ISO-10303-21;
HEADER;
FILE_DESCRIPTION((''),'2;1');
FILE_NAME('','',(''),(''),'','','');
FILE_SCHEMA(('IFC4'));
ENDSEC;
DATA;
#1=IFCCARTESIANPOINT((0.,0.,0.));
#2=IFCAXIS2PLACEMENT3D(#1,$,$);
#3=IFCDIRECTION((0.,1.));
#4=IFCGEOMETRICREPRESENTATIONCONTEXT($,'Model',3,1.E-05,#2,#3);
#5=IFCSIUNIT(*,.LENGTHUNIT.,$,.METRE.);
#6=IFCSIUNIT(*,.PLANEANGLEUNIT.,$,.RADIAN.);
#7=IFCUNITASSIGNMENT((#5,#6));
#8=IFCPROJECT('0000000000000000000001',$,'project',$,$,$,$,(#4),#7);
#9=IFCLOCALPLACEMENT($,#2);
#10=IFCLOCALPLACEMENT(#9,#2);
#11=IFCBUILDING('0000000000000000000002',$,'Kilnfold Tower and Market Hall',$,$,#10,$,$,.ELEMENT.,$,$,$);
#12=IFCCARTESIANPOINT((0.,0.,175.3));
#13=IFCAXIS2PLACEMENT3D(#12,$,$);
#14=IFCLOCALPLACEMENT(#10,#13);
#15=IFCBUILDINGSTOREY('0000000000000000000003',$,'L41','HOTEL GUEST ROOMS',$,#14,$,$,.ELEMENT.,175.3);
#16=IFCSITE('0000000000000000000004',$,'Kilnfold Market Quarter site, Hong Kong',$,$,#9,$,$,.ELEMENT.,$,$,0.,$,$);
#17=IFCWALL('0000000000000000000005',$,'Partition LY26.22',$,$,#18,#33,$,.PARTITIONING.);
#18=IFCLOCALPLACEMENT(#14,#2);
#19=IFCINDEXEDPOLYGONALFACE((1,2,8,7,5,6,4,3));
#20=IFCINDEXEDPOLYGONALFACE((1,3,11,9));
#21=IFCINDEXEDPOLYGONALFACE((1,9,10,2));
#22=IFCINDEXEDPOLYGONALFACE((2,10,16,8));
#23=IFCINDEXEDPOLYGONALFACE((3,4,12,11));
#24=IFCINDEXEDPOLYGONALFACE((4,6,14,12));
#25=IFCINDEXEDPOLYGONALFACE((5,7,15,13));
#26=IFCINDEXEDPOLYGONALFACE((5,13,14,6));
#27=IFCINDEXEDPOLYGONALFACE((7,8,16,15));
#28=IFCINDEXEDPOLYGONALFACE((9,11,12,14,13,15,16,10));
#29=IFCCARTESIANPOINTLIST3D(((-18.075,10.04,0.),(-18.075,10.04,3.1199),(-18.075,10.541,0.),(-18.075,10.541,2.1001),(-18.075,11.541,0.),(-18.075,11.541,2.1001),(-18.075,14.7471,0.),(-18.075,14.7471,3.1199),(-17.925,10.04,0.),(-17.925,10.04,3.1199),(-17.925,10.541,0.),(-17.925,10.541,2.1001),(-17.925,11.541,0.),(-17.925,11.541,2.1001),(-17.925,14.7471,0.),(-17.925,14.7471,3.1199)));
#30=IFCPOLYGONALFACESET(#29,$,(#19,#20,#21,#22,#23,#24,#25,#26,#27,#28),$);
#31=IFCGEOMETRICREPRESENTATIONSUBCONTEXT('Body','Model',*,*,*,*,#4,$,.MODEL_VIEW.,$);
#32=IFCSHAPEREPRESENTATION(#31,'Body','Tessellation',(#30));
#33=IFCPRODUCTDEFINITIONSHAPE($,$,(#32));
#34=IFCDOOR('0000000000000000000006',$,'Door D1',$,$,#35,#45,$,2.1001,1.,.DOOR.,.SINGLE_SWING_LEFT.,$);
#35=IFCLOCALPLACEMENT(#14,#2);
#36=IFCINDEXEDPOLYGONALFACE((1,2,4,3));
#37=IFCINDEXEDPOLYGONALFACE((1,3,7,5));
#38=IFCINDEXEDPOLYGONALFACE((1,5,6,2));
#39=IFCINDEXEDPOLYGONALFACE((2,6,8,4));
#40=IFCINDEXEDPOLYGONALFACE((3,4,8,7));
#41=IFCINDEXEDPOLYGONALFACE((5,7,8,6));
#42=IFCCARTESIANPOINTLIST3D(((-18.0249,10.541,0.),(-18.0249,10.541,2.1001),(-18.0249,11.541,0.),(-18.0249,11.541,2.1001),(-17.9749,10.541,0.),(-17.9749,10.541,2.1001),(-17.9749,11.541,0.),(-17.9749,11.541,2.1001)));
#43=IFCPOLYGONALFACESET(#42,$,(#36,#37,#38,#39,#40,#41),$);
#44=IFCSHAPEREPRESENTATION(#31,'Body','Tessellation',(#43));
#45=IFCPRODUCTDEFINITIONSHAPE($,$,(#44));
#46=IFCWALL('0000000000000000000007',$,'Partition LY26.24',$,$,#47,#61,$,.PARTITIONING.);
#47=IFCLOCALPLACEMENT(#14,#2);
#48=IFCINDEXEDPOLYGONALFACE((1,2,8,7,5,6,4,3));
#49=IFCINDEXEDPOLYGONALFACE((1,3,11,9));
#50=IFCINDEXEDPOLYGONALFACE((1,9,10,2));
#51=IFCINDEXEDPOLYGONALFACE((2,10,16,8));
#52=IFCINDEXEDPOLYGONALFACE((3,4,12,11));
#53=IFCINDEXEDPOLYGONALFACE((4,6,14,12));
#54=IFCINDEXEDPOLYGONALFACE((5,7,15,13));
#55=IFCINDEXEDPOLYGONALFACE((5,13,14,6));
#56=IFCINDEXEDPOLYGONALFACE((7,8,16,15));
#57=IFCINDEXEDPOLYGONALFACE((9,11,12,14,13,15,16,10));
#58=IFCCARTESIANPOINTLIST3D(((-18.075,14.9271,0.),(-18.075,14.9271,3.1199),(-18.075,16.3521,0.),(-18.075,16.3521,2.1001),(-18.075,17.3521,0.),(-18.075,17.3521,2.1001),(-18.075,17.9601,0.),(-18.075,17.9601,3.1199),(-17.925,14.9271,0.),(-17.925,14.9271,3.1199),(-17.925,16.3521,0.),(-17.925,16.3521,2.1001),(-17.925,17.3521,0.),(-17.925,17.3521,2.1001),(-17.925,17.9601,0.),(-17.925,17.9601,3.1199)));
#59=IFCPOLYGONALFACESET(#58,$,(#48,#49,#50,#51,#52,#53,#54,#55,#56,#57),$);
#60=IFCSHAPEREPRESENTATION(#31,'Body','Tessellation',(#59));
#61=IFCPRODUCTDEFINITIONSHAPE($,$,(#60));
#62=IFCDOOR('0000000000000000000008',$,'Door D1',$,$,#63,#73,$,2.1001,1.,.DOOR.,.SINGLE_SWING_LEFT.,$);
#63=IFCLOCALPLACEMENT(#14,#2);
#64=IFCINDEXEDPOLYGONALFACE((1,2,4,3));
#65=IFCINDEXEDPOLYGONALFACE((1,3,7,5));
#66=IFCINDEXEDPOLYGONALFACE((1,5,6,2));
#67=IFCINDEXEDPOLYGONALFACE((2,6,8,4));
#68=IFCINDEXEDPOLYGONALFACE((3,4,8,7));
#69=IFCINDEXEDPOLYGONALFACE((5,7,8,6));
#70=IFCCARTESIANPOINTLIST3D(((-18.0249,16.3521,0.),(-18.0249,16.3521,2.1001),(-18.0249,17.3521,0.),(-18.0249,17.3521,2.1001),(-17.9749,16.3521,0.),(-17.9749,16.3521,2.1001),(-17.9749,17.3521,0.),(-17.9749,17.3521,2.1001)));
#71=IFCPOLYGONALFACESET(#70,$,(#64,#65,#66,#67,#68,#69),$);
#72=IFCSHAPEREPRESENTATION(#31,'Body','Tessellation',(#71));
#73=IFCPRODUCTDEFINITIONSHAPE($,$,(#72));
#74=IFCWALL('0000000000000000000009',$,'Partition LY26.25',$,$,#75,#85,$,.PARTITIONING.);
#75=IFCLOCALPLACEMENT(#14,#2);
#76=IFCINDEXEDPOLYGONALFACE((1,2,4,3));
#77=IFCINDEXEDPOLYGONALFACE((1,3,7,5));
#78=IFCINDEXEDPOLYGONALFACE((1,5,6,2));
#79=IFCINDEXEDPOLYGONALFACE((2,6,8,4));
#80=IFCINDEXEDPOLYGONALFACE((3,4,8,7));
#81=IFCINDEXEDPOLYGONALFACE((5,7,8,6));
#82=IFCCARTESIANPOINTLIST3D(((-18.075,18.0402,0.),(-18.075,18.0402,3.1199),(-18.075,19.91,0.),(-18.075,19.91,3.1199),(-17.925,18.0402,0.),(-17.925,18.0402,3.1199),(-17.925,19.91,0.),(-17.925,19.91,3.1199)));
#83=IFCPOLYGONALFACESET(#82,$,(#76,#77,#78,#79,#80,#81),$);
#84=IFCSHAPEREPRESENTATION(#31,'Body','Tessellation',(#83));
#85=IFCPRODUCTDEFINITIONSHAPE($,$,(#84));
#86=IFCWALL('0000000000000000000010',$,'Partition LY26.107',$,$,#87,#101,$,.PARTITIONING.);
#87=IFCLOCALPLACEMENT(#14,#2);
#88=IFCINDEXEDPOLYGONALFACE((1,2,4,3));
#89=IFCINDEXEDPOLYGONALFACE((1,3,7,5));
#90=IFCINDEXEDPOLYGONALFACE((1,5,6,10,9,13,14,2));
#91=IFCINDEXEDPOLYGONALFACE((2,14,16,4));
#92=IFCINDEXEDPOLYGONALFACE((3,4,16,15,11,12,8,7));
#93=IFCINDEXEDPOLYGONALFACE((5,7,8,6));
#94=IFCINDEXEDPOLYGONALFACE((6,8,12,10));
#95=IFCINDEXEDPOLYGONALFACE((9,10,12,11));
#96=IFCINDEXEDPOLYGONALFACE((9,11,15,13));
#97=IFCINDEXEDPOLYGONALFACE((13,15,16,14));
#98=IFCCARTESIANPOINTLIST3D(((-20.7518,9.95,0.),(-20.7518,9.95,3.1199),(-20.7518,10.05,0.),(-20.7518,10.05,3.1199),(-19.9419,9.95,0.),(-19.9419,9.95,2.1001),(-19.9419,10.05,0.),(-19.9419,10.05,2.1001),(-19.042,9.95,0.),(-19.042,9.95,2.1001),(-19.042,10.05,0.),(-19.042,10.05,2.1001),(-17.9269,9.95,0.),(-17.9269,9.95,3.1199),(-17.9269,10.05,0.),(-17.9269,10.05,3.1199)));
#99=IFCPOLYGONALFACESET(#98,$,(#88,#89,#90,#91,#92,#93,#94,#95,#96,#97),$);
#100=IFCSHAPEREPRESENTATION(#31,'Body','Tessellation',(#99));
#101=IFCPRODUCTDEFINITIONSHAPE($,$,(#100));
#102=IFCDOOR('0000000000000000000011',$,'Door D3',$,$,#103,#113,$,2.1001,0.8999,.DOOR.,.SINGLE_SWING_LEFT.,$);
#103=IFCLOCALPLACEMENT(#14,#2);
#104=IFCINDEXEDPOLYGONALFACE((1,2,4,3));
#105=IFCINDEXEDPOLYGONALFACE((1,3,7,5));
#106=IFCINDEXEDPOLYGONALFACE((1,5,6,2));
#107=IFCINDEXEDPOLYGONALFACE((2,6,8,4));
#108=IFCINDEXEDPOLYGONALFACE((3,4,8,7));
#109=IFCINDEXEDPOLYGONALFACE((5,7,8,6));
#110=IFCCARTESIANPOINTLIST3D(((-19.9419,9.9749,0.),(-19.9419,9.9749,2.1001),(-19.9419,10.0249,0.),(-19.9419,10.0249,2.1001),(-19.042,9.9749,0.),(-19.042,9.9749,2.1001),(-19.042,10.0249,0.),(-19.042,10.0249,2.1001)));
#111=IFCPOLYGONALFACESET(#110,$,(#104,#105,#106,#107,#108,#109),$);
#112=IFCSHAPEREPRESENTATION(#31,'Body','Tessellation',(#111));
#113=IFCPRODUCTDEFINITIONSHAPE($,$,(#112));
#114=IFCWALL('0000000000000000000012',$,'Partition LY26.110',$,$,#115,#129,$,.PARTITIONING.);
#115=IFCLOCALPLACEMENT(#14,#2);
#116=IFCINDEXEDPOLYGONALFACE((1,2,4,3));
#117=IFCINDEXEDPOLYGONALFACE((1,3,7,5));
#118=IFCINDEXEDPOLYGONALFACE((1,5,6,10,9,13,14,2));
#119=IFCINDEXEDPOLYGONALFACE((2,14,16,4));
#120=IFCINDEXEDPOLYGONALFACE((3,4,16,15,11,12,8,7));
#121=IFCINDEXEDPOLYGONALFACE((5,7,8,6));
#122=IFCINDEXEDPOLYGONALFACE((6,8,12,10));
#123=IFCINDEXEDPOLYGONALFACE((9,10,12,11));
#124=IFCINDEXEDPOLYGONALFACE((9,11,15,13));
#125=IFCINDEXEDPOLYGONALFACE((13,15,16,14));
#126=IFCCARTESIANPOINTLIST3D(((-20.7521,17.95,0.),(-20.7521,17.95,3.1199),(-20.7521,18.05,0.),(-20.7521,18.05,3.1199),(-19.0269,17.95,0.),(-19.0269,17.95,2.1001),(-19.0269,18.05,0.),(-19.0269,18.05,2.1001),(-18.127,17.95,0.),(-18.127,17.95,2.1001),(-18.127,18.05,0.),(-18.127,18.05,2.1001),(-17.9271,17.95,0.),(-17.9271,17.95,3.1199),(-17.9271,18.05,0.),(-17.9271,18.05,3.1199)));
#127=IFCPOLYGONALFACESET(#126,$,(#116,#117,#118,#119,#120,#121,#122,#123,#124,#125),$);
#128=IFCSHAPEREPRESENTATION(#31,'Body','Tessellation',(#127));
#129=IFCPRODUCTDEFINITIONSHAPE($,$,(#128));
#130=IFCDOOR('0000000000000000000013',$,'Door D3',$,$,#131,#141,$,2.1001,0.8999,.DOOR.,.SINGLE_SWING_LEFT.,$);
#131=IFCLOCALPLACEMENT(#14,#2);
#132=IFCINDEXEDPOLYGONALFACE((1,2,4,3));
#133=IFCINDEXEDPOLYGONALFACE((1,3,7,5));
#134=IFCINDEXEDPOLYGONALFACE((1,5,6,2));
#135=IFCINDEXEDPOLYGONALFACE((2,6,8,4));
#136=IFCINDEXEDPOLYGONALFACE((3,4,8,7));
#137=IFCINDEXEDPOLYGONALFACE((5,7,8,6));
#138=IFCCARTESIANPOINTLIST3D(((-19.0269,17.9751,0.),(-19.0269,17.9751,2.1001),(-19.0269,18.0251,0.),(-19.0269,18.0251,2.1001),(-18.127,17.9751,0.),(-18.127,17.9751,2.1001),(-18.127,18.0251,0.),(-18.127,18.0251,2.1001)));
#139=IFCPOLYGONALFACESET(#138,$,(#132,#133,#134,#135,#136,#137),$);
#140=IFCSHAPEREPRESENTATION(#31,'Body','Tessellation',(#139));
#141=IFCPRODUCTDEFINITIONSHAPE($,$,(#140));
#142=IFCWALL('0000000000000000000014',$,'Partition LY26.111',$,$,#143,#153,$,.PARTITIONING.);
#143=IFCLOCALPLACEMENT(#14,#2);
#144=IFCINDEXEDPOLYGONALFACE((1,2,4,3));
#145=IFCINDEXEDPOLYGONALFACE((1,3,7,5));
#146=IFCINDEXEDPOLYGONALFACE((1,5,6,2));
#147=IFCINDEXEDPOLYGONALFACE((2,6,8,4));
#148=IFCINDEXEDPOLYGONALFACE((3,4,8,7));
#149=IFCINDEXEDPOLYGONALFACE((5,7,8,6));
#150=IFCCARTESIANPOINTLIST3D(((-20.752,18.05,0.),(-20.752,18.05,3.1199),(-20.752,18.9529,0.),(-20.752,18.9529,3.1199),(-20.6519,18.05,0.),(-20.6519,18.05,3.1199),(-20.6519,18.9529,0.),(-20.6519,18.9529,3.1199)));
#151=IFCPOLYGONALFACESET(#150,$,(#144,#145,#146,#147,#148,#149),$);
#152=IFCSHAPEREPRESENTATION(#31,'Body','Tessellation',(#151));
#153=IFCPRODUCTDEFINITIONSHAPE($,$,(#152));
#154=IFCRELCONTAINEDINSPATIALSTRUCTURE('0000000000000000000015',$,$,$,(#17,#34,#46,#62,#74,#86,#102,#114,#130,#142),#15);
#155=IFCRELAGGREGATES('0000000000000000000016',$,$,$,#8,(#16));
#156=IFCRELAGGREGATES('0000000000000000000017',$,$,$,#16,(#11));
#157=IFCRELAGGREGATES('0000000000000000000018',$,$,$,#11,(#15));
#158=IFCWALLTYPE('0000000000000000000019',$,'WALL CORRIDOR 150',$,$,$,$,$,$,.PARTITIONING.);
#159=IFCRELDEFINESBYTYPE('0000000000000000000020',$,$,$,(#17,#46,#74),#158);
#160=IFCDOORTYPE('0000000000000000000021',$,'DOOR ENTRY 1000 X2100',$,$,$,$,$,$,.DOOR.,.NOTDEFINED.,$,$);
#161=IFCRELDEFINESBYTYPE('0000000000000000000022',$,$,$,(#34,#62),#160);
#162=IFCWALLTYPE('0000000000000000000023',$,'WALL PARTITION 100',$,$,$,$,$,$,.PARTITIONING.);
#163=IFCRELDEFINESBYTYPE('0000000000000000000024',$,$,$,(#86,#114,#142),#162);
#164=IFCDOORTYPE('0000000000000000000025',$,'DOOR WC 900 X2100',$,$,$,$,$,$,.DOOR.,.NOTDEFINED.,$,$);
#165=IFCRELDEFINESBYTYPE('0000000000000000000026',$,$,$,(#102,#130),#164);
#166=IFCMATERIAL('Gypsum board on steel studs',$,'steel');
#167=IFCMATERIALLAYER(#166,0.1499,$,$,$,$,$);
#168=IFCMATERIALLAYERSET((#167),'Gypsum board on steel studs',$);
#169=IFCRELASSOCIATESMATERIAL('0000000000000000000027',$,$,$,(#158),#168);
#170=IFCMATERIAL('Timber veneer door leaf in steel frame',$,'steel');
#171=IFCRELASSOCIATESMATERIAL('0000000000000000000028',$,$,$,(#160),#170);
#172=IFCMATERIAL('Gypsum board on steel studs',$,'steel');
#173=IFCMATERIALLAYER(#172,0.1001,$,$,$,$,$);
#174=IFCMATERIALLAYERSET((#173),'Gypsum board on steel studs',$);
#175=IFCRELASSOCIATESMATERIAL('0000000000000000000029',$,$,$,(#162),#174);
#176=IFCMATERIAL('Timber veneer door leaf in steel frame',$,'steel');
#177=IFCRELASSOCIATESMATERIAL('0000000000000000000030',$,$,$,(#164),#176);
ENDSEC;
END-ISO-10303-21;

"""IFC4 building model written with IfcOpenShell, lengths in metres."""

from ifc_helpers import new_model, si_unit, direction, frame, frame_2d, origin, place, context, subcontext, project, spatial, rectangle, extrude, material, layer, layer_set, type_object, element, fill, save


model = new_model("IFC4")

# Units and contexts
model_context = context("Model", 3, precision=1e-05, world=origin(), true_north=direction((0.0, 1.0)))
body_context = subcontext(model_context, "Body", "Model", "MODEL_VIEW")
ifc_project = project(units=[si_unit("LENGTHUNIT", "METRE"), si_unit("PLANEANGLEUNIT", "RADIAN")], contexts=[model_context])

# Site, building, storey
site_placement = place(None, origin())
site = spatial("IfcSite", under=ifc_project, at=site_placement, Name="Kilnfold Market Quarter site, Hong Kong", CompositionType="ELEMENT", RefElevation=0.0)
building_placement = place(site_placement, origin())
building = spatial("IfcBuilding", under=site, at=building_placement, Name="Kilnfold Tower and Market Hall", CompositionType="ELEMENT")
storey_placement = place(building_placement, frame((0.0, 0.0, 175.3)))
storey = spatial("IfcBuildingStorey", under=building, at=storey_placement, Name="L41", Description="HOTEL GUEST ROOMS", CompositionType="ELEMENT", Elevation=175.3)

# Walls, openings, doors
ifc_material_1 = material(Name="Gypsum board on steel studs", Category="steel")
ifc_layer_1 = layer(ifc_material_1, 0.1499)
ifc_layer_set_1 = layer_set([ifc_layer_1], Name="Gypsum board on steel studs")
wall_type_1 = type_object("IfcWallType", Name="WALL CORRIDOR 150", PredefinedType="PARTITIONING", material=ifc_layer_set_1)
wall_1_placement = place(storey_placement, frame((-18.0, 10.04, 0.0), z_axis=(0.0, 0.0, 1.0), x_axis=(0.0, 1.0, 0.0)))
wall_1 = element("IfcWall", 1, at=wall_1_placement, inside=storey, type_object=wall_type_1, Name="Partition LY26.22", PredefinedType="PARTITIONING", context=body_context, shape_type="SweptSolid", body=[
    extrude(rectangle(XDim=4.707, YDim=0.1499, at=frame_2d((2.3535, 0.0))), origin(), (0.0, 0.0, 1.0), 3.1199),
])
opening_1_placement = place(wall_1_placement, frame((0.501, 0.0, 0.0)))
opening_1 = element("IfcOpeningElement", 2, at=opening_1_placement, cuts=wall_1, PredefinedType="OPENING", context=body_context, shape_type="SweptSolid", body=[
    extrude(rectangle(XDim=1.0, YDim=2.1001, at=frame_2d((0.5, 1.05))), frame((0.0, 0.085, 0.0), z_axis=(0.0, -1.0, 0.0), x_axis=(1.0, 0.0, 0.0)), (0.0, 0.0, 1.0), 0.1699),
])
ifc_material_2 = material(Name="Timber veneer door leaf in steel frame", Category="steel")
door_type_1 = type_object("IfcDoorType", Name="DOOR ENTRY 1000 X2100", OperationType="NOTDEFINED", PredefinedType="DOOR", material=ifc_material_2)
door_1_placement = place(opening_1_placement, origin())
door_1 = element("IfcDoor", 3, at=door_1_placement, inside=storey, type_object=door_type_1, Name="Door D1", OperationType="SINGLE_SWING_LEFT", OverallHeight=2.1001, OverallWidth=1.0, PredefinedType="DOOR", context=body_context, shape_type="SweptSolid", body=[
    extrude(rectangle(XDim=1.0, YDim=2.1001, at=frame_2d((0.5, 1.05))), frame((0.0, 0.0249, 0.0), z_axis=(0.0, -1.0, 0.0), x_axis=(1.0, 0.0, 0.0)), (0.0, 0.0, 1.0), 0.05),
])
fill(opening_1, door_1)
wall_2_placement = place(storey_placement, frame((-18.0, 14.927, 0.0), z_axis=(0.0, 0.0, 1.0), x_axis=(0.0, 1.0, 0.0)))
wall_2 = element("IfcWall", 4, at=wall_2_placement, inside=storey, type_object=wall_type_1, Name="Partition LY26.24", PredefinedType="PARTITIONING", context=body_context, shape_type="SweptSolid", body=[
    extrude(rectangle(XDim=3.033, YDim=0.1499, at=frame_2d((1.5166, 0.0))), origin(), (0.0, 0.0, 1.0), 3.1199),
])
opening_2_placement = place(wall_2_placement, frame((1.425, 0.0, 0.0)))
opening_2 = element("IfcOpeningElement", 5, at=opening_2_placement, cuts=wall_2, PredefinedType="OPENING", context=body_context, shape_type="SweptSolid", body=[
    extrude(rectangle(XDim=1.0, YDim=2.1001, at=frame_2d((0.5, 1.05))), frame((0.0, 0.085, 0.0), z_axis=(0.0, -1.0, 0.0), x_axis=(1.0, 0.0, 0.0)), (0.0, 0.0, 1.0), 0.1699),
])
door_2_placement = place(opening_2_placement, origin())
door_2 = element("IfcDoor", 6, at=door_2_placement, inside=storey, type_object=door_type_1, Name="Door D1", OperationType="SINGLE_SWING_LEFT", OverallHeight=2.1001, OverallWidth=1.0, PredefinedType="DOOR", context=body_context, shape_type="SweptSolid", body=[
    extrude(rectangle(XDim=1.0, YDim=2.1001, at=frame_2d((0.5, 1.05))), frame((0.0, 0.0249, 0.0), z_axis=(0.0, -1.0, 0.0), x_axis=(1.0, 0.0, 0.0)), (0.0, 0.0, 1.0), 0.05),
])
fill(opening_2, door_2)

# Wall
wall_3_placement = place(storey_placement, frame((-18.0, 18.04, 0.0), z_axis=(0.0, 0.0, 1.0), x_axis=(0.0, 1.0, 0.0)))
element("IfcWall", 7, at=wall_3_placement, inside=storey, type_object=wall_type_1, Name="Partition LY26.25", PredefinedType="PARTITIONING", context=body_context, shape_type="SweptSolid", body=[
    extrude(rectangle(XDim=1.8699, YDim=0.1499, at=frame_2d((0.9351, 0.0))), origin(), (0.0, 0.0, 1.0), 3.1199),
])

# Walls, openings, doors
ifc_material_3 = material(Name="Gypsum board on steel studs", Category="steel")
ifc_layer_2 = layer(ifc_material_3, 0.1001)
ifc_layer_set_2 = layer_set([ifc_layer_2], Name="Gypsum board on steel studs")
wall_type_2 = type_object("IfcWallType", Name="WALL PARTITION 100", PredefinedType="PARTITIONING", material=ifc_layer_set_2)
wall_4_placement = place(storey_placement, frame((-20.752, 10.0, 0.0), z_axis=(0.0, 0.0, 1.0), x_axis=(1.0, 0.0, 0.0)))
wall_4 = element("IfcWall", 8, at=wall_4_placement, inside=storey, type_object=wall_type_2, Name="Partition LY26.107", PredefinedType="PARTITIONING", context=body_context, shape_type="SweptSolid", body=[
    extrude(rectangle(XDim=2.825, YDim=0.1001, at=frame_2d((1.4126, 0.0))), origin(), (0.0, 0.0, 1.0), 3.1199),
])
opening_3_placement = place(wall_4_placement, frame((0.8101, 0.0, 0.0)))
opening_3 = element("IfcOpeningElement", 9, at=opening_3_placement, cuts=wall_4, PredefinedType="OPENING", context=body_context, shape_type="SweptSolid", body=[
    extrude(rectangle(XDim=0.8999, YDim=2.1001, at=frame_2d((0.45, 1.05))), frame((0.0, 0.0601, 0.0), z_axis=(0.0, -1.0, 0.0), x_axis=(1.0, 0.0, 0.0)), (0.0, 0.0, 1.0), 0.1201),
])
ifc_material_4 = material(Name="Timber veneer door leaf in steel frame", Category="steel")
door_type_2 = type_object("IfcDoorType", Name="DOOR WC 900 X2100", OperationType="NOTDEFINED", PredefinedType="DOOR", material=ifc_material_4)
door_3_placement = place(opening_3_placement, origin())
door_3 = element("IfcDoor", 10, at=door_3_placement, inside=storey, type_object=door_type_2, Name="Door D3", OperationType="SINGLE_SWING_LEFT", OverallHeight=2.1001, OverallWidth=0.8999, PredefinedType="DOOR", context=body_context, shape_type="SweptSolid", body=[
    extrude(rectangle(XDim=0.8999, YDim=2.1001, at=frame_2d((0.45, 1.05))), frame((0.0, 0.0249, 0.0), z_axis=(0.0, -1.0, 0.0), x_axis=(1.0, 0.0, 0.0)), (0.0, 0.0, 1.0), 0.05),
])
fill(opening_3, door_3)
wall_5_placement = place(storey_placement, frame((-17.927, 18.0, 0.0), z_axis=(0.0, 0.0, 1.0), x_axis=(-1.0, 0.0, 0.0)))
wall_5 = element("IfcWall", 11, at=wall_5_placement, inside=storey, type_object=wall_type_2, Name="Partition LY26.110", PredefinedType="PARTITIONING", context=body_context, shape_type="SweptSolid", body=[
    extrude(rectangle(XDim=2.825, YDim=0.1001, at=frame_2d((1.4126, 0.0))), origin(), (0.0, 0.0, 1.0), 3.1199),
])
opening_4_placement = place(wall_5_placement, frame((0.2, 0.0, 0.0)))
opening_4 = element("IfcOpeningElement", 12, at=opening_4_placement, cuts=wall_5, PredefinedType="OPENING", context=body_context, shape_type="SweptSolid", body=[
    extrude(rectangle(XDim=0.8999, YDim=2.1001, at=frame_2d((0.45, 1.05))), frame((0.0, 0.0601, 0.0), z_axis=(0.0, -1.0, 0.0), x_axis=(1.0, 0.0, 0.0)), (0.0, 0.0, 1.0), 0.1201),
])
door_4_placement = place(opening_4_placement, origin())
door_4 = element("IfcDoor", 13, at=door_4_placement, inside=storey, type_object=door_type_2, Name="Door D3", OperationType="SINGLE_SWING_LEFT", OverallHeight=2.1001, OverallWidth=0.8999, PredefinedType="DOOR", context=body_context, shape_type="SweptSolid", body=[
    extrude(rectangle(XDim=0.8999, YDim=2.1001, at=frame_2d((0.45, 1.05))), frame((0.0, 0.0249, 0.0), z_axis=(0.0, -1.0, 0.0), x_axis=(1.0, 0.0, 0.0)), (0.0, 0.0, 1.0), 0.05),
])
fill(opening_4, door_4)

# Wall
wall_6_placement = place(storey_placement, frame((-20.7019, 18.05, 0.0), z_axis=(0.0, 0.0, 1.0), x_axis=(0.0, 1.0, 0.0)))
element("IfcWall", 14, at=wall_6_placement, inside=storey, type_object=wall_type_2, Name="Partition LY26.111", PredefinedType="PARTITIONING", context=body_context, shape_type="SweptSolid", body=[
    extrude(rectangle(XDim=0.9028, YDim=0.1001, at=frame_2d((0.4514, 0.0))), origin(), (0.0, 0.0, 1.0), 3.1199),
])

save(model, "model.ifc")
